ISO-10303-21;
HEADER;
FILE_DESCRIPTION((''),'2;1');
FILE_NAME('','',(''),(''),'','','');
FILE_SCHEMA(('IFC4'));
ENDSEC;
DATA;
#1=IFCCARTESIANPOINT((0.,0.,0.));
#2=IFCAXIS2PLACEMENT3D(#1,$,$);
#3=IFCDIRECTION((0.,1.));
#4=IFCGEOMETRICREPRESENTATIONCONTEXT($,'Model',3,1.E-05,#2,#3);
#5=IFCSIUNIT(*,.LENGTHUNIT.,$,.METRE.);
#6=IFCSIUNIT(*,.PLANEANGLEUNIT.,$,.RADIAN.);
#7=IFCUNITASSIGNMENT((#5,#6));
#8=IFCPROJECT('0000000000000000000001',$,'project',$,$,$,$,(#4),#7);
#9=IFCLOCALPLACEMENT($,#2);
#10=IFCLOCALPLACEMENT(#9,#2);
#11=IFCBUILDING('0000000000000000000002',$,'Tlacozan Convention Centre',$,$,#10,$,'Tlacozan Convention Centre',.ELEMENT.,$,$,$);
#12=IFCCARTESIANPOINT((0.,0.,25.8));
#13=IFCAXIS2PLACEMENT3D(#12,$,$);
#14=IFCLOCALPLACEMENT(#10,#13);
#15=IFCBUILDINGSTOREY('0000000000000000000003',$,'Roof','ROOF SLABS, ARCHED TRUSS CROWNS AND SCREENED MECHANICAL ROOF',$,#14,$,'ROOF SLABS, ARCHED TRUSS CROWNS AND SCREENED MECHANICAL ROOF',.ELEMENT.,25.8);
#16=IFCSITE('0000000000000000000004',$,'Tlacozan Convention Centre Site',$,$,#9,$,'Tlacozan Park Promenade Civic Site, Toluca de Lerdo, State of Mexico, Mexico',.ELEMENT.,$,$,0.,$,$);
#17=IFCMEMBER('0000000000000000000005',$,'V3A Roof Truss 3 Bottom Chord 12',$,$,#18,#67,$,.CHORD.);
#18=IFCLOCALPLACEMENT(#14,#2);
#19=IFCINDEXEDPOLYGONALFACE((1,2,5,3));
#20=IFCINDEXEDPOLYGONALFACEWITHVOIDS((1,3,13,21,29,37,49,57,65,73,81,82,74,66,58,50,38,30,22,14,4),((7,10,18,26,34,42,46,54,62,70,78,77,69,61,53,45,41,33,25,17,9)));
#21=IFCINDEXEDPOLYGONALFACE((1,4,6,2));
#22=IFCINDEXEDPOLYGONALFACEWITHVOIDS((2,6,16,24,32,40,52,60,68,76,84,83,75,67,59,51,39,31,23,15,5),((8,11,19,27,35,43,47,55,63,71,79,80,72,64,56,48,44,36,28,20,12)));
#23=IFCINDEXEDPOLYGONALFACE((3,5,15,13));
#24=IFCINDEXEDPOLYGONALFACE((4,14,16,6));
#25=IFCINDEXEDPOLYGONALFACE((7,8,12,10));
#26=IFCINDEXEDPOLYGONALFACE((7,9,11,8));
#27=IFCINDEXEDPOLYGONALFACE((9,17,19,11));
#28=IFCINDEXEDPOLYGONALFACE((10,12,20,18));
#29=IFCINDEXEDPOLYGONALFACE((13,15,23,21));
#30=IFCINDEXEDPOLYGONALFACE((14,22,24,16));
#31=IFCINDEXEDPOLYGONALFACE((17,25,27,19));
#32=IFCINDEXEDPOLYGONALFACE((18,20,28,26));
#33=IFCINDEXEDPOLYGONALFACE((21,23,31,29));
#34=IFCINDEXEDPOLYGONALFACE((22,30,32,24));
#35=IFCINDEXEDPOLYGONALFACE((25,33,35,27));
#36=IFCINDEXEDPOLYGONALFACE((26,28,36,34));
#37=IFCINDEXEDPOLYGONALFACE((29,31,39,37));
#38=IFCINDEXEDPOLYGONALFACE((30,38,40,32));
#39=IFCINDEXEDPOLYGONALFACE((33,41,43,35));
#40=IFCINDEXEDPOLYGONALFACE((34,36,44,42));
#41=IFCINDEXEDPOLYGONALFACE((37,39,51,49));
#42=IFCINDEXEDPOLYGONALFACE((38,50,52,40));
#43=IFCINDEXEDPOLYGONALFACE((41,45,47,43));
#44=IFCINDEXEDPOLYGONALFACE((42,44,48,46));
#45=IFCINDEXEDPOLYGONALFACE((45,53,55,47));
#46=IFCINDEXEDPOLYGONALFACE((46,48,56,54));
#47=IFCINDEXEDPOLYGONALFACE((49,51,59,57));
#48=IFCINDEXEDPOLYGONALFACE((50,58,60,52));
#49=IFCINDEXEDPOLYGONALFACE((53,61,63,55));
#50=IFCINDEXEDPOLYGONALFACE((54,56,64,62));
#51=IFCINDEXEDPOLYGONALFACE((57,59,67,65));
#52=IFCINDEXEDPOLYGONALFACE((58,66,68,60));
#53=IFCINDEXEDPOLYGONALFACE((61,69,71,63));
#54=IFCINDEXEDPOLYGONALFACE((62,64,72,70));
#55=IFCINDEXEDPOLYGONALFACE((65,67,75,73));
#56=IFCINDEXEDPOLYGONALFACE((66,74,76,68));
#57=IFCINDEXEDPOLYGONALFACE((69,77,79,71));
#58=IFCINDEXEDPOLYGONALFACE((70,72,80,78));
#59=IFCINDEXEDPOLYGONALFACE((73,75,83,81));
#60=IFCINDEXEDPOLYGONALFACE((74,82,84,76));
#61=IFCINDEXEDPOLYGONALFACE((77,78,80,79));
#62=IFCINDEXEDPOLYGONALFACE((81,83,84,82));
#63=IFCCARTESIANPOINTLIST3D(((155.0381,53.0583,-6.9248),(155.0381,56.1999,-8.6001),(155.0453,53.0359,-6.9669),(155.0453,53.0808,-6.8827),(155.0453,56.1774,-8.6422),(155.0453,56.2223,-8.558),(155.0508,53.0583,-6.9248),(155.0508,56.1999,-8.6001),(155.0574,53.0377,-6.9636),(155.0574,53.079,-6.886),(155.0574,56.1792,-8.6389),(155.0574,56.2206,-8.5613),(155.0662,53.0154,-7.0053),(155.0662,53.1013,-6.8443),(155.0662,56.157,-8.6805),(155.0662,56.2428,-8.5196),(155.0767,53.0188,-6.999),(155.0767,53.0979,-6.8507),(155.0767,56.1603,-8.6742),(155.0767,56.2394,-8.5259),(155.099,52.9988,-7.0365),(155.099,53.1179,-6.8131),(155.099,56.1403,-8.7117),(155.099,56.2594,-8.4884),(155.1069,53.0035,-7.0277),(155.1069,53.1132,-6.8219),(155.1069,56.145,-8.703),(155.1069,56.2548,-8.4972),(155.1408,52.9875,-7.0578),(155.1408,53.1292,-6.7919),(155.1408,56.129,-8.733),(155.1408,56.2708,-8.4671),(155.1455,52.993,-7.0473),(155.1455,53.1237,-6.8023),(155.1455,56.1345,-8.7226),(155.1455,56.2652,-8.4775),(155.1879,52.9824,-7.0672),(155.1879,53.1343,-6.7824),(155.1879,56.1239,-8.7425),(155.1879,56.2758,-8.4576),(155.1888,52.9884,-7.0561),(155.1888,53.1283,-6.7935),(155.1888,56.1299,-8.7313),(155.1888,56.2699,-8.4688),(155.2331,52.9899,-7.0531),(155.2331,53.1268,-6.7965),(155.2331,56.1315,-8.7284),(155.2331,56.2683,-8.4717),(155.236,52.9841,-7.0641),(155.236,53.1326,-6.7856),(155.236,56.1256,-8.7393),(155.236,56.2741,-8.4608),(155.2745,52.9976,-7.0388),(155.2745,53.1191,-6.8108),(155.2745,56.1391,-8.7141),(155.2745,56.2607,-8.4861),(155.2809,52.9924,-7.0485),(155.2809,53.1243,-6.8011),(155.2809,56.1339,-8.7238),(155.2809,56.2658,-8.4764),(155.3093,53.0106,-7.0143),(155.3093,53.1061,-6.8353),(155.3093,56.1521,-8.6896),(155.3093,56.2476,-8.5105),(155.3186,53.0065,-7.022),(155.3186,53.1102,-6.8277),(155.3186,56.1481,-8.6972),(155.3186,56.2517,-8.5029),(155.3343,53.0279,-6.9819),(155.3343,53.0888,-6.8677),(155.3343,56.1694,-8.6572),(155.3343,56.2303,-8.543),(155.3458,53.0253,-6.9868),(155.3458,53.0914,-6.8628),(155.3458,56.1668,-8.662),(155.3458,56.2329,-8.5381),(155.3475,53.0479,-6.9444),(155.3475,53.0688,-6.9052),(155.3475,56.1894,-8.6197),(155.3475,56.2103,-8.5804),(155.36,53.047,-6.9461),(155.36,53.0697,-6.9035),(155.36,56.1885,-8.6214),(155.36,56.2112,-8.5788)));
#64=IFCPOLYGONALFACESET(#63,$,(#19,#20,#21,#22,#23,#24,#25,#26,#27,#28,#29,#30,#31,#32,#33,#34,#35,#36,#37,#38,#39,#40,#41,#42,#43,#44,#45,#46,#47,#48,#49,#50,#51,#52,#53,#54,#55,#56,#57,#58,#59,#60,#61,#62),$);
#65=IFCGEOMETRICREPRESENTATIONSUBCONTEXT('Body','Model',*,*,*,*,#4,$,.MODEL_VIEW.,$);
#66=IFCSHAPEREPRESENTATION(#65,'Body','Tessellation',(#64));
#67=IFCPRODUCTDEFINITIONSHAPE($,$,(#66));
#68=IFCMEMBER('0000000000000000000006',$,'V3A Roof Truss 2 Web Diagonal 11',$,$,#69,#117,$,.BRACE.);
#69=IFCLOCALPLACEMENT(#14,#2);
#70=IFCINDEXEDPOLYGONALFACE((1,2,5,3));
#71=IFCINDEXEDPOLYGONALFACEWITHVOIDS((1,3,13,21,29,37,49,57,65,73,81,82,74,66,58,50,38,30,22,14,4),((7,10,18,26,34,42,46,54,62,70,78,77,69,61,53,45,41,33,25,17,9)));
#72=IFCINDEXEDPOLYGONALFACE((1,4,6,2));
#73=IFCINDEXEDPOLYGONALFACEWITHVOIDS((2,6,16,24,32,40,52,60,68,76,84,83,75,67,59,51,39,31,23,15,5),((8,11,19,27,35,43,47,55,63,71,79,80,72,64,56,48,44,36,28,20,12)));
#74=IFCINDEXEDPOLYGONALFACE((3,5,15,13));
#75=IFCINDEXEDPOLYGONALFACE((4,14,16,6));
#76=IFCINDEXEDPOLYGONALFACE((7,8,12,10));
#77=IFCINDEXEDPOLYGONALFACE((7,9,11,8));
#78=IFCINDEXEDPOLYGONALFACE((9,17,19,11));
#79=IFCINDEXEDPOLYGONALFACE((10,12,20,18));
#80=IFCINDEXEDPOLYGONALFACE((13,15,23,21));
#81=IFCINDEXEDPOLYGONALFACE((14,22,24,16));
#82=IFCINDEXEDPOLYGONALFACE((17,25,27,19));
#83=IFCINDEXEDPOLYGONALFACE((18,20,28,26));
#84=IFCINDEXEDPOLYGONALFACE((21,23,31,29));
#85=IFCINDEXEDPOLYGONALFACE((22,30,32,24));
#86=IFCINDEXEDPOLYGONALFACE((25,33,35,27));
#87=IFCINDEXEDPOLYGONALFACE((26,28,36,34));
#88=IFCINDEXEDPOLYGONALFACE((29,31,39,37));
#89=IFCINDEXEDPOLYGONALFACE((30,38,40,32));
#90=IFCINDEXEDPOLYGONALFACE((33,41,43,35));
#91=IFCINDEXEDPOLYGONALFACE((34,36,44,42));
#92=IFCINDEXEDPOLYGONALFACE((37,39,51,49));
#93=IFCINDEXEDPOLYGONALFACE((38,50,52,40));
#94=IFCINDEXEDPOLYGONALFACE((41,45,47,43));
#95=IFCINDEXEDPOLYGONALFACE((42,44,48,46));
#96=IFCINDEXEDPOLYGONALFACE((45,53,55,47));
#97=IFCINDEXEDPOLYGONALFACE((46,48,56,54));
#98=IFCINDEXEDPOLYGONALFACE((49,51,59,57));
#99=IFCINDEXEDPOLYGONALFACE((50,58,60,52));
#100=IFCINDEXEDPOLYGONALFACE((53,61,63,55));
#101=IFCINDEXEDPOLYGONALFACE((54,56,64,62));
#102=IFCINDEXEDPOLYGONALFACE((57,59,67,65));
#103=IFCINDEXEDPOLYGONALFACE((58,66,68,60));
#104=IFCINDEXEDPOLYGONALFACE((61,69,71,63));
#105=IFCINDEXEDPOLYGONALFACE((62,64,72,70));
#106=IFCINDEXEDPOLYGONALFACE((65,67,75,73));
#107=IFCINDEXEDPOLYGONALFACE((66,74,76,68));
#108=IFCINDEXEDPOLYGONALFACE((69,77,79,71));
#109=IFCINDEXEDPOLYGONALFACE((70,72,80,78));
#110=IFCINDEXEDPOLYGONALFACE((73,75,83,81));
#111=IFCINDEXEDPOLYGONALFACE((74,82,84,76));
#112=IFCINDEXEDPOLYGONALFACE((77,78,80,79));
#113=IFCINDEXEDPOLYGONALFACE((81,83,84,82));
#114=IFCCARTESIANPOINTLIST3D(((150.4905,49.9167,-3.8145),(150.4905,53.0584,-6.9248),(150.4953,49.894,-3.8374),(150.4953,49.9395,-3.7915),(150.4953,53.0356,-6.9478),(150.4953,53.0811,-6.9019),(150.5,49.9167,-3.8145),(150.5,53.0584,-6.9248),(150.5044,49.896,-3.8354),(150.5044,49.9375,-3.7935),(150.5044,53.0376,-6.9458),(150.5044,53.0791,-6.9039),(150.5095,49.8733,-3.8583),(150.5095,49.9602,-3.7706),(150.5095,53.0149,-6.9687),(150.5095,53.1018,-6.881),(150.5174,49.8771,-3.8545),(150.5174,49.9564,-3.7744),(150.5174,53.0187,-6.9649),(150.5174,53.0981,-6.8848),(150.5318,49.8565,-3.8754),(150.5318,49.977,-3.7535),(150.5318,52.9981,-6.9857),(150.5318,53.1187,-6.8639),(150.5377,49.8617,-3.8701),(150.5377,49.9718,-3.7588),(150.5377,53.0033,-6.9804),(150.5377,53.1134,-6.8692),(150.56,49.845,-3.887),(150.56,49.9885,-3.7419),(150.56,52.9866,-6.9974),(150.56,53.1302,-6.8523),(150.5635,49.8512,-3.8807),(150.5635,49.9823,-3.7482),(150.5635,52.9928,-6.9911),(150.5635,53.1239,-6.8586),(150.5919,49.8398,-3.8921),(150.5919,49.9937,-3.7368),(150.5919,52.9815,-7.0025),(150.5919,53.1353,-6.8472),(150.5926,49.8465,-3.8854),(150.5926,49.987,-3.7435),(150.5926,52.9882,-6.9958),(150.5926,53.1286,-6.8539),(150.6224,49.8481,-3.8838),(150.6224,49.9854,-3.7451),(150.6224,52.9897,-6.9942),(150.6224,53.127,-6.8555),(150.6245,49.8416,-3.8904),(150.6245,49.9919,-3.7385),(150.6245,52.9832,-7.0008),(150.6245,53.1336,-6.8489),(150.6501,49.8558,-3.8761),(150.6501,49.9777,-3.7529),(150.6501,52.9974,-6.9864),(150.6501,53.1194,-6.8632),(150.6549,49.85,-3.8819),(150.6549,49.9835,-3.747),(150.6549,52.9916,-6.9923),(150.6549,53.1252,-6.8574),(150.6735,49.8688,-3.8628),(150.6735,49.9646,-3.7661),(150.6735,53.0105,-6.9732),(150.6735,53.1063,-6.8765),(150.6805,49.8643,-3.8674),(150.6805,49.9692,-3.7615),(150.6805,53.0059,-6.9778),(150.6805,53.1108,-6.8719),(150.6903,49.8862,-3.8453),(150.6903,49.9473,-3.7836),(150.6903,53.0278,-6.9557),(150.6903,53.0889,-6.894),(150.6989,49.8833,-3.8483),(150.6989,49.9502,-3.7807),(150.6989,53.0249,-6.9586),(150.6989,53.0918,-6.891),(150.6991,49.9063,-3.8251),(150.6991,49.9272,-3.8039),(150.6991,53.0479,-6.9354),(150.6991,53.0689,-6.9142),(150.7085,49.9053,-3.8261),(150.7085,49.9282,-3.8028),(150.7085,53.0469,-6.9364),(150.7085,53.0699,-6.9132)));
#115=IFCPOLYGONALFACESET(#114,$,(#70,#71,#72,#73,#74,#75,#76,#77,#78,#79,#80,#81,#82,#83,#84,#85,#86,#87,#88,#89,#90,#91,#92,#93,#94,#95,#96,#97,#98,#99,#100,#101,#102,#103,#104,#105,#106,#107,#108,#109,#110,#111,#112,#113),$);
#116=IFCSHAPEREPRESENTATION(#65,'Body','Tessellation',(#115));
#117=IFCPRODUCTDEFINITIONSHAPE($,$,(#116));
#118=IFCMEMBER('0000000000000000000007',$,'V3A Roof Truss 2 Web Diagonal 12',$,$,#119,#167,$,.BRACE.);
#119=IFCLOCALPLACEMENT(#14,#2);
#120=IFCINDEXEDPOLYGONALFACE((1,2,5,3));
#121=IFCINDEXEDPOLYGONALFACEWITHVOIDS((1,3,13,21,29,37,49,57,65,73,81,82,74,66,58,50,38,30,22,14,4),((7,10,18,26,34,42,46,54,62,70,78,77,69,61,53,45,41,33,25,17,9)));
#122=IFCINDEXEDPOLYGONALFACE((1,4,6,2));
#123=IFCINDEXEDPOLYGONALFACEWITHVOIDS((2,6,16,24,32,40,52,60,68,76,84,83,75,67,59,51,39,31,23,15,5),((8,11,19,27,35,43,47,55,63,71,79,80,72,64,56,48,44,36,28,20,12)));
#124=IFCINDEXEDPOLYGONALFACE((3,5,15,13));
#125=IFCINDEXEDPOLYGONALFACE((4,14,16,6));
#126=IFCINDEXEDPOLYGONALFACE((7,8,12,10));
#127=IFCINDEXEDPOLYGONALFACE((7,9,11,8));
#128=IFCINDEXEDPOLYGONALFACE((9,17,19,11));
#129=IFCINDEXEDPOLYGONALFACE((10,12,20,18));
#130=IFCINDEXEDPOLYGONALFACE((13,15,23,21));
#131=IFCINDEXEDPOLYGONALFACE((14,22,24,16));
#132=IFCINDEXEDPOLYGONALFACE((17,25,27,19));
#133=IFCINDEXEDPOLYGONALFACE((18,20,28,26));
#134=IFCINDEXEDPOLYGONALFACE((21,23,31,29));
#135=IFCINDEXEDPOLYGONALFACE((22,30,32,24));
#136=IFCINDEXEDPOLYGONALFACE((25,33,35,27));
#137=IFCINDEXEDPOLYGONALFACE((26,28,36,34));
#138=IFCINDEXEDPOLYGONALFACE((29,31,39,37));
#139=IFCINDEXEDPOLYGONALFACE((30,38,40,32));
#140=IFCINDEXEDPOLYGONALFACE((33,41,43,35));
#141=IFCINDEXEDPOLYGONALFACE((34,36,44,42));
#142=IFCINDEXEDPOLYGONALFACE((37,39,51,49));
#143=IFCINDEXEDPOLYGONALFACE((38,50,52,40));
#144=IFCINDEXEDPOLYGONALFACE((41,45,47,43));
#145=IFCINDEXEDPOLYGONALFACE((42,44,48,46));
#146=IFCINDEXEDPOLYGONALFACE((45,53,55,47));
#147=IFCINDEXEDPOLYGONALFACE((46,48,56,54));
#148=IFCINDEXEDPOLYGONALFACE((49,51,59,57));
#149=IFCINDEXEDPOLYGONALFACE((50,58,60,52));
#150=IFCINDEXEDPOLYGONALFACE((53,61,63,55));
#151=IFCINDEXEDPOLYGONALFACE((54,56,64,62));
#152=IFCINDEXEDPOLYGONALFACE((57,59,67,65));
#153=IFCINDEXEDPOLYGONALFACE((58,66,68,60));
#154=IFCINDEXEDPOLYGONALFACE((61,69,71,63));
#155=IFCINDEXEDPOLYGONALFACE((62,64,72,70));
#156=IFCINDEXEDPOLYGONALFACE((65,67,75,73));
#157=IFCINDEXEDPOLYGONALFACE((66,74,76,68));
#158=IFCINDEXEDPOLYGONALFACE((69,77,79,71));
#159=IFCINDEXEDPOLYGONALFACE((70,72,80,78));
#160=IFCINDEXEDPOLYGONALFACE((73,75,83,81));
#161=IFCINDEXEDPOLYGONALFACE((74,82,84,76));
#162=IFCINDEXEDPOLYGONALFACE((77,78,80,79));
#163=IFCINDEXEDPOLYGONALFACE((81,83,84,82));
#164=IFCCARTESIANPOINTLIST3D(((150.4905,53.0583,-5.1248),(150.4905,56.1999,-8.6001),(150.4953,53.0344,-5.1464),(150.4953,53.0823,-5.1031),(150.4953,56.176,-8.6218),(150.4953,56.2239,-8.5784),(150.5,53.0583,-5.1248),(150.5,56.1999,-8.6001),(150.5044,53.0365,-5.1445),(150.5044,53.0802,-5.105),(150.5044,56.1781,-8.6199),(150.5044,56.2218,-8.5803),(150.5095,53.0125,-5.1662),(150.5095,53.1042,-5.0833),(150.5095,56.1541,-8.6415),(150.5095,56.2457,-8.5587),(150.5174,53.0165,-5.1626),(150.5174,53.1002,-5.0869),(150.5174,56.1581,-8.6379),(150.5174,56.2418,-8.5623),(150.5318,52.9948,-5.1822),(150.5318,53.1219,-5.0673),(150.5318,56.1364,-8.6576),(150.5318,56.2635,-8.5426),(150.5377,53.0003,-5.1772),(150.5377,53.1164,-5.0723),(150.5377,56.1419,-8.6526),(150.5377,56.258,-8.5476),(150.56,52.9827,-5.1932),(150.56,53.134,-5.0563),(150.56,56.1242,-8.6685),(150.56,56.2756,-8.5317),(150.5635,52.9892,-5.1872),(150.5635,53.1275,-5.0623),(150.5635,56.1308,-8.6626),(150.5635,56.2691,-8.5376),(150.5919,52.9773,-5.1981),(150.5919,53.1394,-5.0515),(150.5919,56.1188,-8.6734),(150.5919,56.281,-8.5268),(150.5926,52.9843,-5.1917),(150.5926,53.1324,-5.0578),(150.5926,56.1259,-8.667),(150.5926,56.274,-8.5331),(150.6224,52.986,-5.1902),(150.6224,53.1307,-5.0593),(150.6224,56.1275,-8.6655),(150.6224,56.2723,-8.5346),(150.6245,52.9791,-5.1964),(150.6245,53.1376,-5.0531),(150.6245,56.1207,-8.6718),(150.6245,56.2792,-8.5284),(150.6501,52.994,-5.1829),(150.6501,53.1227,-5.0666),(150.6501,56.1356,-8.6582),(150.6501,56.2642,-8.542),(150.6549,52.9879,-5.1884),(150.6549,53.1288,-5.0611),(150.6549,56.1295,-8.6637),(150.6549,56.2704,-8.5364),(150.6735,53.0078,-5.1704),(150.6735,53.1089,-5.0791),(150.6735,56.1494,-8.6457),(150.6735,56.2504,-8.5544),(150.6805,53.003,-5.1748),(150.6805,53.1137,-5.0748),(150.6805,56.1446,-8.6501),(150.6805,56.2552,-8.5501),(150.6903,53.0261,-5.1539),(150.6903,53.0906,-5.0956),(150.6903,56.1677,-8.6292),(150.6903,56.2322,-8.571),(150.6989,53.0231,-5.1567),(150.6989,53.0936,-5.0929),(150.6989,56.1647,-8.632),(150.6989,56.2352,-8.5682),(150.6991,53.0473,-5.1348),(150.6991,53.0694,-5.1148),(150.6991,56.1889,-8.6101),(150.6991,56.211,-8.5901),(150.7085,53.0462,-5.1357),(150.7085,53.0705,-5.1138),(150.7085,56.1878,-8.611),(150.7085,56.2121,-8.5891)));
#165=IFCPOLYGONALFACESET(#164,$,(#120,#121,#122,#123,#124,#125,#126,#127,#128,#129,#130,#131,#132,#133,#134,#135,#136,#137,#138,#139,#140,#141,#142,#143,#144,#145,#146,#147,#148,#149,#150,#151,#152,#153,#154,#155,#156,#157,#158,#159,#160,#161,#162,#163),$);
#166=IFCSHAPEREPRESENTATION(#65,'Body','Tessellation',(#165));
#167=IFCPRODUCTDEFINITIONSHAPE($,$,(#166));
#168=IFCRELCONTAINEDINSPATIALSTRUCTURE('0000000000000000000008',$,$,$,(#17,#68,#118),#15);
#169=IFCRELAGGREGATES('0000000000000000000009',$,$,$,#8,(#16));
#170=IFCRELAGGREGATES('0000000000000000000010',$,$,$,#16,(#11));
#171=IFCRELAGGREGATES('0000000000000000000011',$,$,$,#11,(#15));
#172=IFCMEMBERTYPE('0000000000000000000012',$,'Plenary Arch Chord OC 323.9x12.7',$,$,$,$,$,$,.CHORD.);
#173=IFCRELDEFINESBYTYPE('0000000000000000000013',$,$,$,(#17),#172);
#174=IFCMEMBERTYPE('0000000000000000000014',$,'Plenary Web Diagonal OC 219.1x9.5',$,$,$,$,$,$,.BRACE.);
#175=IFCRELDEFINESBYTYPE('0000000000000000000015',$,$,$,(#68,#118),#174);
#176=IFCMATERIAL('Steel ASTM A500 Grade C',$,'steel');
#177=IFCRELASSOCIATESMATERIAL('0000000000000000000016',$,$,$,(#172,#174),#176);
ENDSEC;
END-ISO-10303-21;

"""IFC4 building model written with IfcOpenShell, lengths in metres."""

from ifc_helpers import new_model, si_unit, direction, frame, origin, origin_2d, place, context, subcontext, project, spatial, hollow_circle, extrude, material, material_profile, profile_set, type_object, element, save


model = new_model("IFC4")

# Units and contexts
model_context = context("Model", 3, precision=1e-05, world=origin(), true_north=direction((0.0, 1.0)))
body_context = subcontext(model_context, "Body", "Model", "MODEL_VIEW")
ifc_project = project(units=[si_unit("LENGTHUNIT", "METRE"), si_unit("PLANEANGLEUNIT", "RADIAN")], contexts=[model_context])

# Site, building, storey
site_placement = place(None, origin())
site = spatial("IfcSite", under=ifc_project, at=site_placement, Name="Tlacozan Convention Centre Site", LongName="Tlacozan Park Promenade Civic Site, Toluca de Lerdo, State of Mexico, Mexico", CompositionType="ELEMENT", RefElevation=0.0)
building_placement = place(site_placement, origin())
building = spatial("IfcBuilding", under=site, at=building_placement, Name="Tlacozan Convention Centre", LongName="Tlacozan Convention Centre", CompositionType="ELEMENT")
storey_placement = place(building_placement, frame((0.0, 0.0, 25.8)))
storey = spatial("IfcBuildingStorey", under=building, at=storey_placement, Name="Roof", Description="ROOF SLABS, ARCHED TRUSS CROWNS AND SCREENED MECHANICAL ROOF", LongName="ROOF SLABS, ARCHED TRUSS CROWNS AND SCREENED MECHANICAL ROOF", CompositionType="ELEMENT", Elevation=25.8)

# Members
ifc_material_1 = material(Name="Steel ASTM A500 Grade C", Category="steel")
ifc_material_profile_1 = material_profile(ifc_material_1, hollow_circle(Radius=0.1619, WallThickness=0.0127, at=origin_2d()), Name="OC 323.9x12.7")
ifc_profile_set_1 = profile_set([ifc_material_profile_1], Name="Steel ASTM A500 Grade C")
member_type_1 = type_object("IfcMemberType", Name="Plenary Arch Chord OC 323.9x12.7", PredefinedType="CHORD", material=ifc_profile_set_1)
for number, where, z_axis, x_axis, name in (
    (1, (155.2, 53.0583, -6.9248), (0.0, 0.88238, -0.470538), (-1.0, 0.0, 0.0), "V3A Roof Truss 3 Bottom Chord 12"),
):
    element("IfcMember", number, at=place(storey_placement, frame(where, z_axis=z_axis, x_axis=x_axis)), inside=storey, type_object=member_type_1, Name=name, PredefinedType="CHORD", context=body_context, shape_type="SweptSolid", body=[
        extrude(hollow_circle(Radius=0.1619, WallThickness=0.0127, at=origin_2d()), origin(), (0.0, 0.0, 1.0), 3.5603),
    ])
ifc_material_profile_2 = material_profile(ifc_material_1, hollow_circle(Radius=0.1096, WallThickness=0.0095, at=origin_2d()), Name="OC 219.1x9.5")
ifc_profile_set_2 = profile_set([ifc_material_profile_2], Name="Steel ASTM A500 Grade C")
member_type_2 = type_object("IfcMemberType", Name="Plenary Web Diagonal OC 219.1x9.5", PredefinedType="BRACE", material=ifc_profile_set_2)
member_1_placement = place(storey_placement, frame((150.6001, 49.9167, -3.8145), z_axis=(0.0, 0.710632, -0.703564), x_axis=(-1.0, 0.0, 0.0)))
element("IfcMember", 2, at=member_1_placement, inside=storey, type_object=member_type_2, Name="V3A Roof Truss 2 Web Diagonal 11", PredefinedType="BRACE", context=body_context, shape_type="SweptSolid", body=[
    extrude(hollow_circle(Radius=0.1096, WallThickness=0.0095, at=origin_2d()), origin(), (0.0, 0.0, 1.0), 4.4209),
])
member_2_placement = place(storey_placement, frame((150.6001, 53.0583, -5.1248), z_axis=(0.0, 0.67059, -0.741828), x_axis=(-1.0, 0.0, 0.0)))
element("IfcMember", 3, at=member_2_placement, inside=storey, type_object=member_type_2, Name="V3A Roof Truss 2 Web Diagonal 12", PredefinedType="BRACE", context=body_context, shape_type="SweptSolid", body=[
    extrude(hollow_circle(Radius=0.1096, WallThickness=0.0095, at=origin_2d()), origin(), (0.0, 0.0, 1.0), 4.6848),
])

save(model, "model.ifc")
